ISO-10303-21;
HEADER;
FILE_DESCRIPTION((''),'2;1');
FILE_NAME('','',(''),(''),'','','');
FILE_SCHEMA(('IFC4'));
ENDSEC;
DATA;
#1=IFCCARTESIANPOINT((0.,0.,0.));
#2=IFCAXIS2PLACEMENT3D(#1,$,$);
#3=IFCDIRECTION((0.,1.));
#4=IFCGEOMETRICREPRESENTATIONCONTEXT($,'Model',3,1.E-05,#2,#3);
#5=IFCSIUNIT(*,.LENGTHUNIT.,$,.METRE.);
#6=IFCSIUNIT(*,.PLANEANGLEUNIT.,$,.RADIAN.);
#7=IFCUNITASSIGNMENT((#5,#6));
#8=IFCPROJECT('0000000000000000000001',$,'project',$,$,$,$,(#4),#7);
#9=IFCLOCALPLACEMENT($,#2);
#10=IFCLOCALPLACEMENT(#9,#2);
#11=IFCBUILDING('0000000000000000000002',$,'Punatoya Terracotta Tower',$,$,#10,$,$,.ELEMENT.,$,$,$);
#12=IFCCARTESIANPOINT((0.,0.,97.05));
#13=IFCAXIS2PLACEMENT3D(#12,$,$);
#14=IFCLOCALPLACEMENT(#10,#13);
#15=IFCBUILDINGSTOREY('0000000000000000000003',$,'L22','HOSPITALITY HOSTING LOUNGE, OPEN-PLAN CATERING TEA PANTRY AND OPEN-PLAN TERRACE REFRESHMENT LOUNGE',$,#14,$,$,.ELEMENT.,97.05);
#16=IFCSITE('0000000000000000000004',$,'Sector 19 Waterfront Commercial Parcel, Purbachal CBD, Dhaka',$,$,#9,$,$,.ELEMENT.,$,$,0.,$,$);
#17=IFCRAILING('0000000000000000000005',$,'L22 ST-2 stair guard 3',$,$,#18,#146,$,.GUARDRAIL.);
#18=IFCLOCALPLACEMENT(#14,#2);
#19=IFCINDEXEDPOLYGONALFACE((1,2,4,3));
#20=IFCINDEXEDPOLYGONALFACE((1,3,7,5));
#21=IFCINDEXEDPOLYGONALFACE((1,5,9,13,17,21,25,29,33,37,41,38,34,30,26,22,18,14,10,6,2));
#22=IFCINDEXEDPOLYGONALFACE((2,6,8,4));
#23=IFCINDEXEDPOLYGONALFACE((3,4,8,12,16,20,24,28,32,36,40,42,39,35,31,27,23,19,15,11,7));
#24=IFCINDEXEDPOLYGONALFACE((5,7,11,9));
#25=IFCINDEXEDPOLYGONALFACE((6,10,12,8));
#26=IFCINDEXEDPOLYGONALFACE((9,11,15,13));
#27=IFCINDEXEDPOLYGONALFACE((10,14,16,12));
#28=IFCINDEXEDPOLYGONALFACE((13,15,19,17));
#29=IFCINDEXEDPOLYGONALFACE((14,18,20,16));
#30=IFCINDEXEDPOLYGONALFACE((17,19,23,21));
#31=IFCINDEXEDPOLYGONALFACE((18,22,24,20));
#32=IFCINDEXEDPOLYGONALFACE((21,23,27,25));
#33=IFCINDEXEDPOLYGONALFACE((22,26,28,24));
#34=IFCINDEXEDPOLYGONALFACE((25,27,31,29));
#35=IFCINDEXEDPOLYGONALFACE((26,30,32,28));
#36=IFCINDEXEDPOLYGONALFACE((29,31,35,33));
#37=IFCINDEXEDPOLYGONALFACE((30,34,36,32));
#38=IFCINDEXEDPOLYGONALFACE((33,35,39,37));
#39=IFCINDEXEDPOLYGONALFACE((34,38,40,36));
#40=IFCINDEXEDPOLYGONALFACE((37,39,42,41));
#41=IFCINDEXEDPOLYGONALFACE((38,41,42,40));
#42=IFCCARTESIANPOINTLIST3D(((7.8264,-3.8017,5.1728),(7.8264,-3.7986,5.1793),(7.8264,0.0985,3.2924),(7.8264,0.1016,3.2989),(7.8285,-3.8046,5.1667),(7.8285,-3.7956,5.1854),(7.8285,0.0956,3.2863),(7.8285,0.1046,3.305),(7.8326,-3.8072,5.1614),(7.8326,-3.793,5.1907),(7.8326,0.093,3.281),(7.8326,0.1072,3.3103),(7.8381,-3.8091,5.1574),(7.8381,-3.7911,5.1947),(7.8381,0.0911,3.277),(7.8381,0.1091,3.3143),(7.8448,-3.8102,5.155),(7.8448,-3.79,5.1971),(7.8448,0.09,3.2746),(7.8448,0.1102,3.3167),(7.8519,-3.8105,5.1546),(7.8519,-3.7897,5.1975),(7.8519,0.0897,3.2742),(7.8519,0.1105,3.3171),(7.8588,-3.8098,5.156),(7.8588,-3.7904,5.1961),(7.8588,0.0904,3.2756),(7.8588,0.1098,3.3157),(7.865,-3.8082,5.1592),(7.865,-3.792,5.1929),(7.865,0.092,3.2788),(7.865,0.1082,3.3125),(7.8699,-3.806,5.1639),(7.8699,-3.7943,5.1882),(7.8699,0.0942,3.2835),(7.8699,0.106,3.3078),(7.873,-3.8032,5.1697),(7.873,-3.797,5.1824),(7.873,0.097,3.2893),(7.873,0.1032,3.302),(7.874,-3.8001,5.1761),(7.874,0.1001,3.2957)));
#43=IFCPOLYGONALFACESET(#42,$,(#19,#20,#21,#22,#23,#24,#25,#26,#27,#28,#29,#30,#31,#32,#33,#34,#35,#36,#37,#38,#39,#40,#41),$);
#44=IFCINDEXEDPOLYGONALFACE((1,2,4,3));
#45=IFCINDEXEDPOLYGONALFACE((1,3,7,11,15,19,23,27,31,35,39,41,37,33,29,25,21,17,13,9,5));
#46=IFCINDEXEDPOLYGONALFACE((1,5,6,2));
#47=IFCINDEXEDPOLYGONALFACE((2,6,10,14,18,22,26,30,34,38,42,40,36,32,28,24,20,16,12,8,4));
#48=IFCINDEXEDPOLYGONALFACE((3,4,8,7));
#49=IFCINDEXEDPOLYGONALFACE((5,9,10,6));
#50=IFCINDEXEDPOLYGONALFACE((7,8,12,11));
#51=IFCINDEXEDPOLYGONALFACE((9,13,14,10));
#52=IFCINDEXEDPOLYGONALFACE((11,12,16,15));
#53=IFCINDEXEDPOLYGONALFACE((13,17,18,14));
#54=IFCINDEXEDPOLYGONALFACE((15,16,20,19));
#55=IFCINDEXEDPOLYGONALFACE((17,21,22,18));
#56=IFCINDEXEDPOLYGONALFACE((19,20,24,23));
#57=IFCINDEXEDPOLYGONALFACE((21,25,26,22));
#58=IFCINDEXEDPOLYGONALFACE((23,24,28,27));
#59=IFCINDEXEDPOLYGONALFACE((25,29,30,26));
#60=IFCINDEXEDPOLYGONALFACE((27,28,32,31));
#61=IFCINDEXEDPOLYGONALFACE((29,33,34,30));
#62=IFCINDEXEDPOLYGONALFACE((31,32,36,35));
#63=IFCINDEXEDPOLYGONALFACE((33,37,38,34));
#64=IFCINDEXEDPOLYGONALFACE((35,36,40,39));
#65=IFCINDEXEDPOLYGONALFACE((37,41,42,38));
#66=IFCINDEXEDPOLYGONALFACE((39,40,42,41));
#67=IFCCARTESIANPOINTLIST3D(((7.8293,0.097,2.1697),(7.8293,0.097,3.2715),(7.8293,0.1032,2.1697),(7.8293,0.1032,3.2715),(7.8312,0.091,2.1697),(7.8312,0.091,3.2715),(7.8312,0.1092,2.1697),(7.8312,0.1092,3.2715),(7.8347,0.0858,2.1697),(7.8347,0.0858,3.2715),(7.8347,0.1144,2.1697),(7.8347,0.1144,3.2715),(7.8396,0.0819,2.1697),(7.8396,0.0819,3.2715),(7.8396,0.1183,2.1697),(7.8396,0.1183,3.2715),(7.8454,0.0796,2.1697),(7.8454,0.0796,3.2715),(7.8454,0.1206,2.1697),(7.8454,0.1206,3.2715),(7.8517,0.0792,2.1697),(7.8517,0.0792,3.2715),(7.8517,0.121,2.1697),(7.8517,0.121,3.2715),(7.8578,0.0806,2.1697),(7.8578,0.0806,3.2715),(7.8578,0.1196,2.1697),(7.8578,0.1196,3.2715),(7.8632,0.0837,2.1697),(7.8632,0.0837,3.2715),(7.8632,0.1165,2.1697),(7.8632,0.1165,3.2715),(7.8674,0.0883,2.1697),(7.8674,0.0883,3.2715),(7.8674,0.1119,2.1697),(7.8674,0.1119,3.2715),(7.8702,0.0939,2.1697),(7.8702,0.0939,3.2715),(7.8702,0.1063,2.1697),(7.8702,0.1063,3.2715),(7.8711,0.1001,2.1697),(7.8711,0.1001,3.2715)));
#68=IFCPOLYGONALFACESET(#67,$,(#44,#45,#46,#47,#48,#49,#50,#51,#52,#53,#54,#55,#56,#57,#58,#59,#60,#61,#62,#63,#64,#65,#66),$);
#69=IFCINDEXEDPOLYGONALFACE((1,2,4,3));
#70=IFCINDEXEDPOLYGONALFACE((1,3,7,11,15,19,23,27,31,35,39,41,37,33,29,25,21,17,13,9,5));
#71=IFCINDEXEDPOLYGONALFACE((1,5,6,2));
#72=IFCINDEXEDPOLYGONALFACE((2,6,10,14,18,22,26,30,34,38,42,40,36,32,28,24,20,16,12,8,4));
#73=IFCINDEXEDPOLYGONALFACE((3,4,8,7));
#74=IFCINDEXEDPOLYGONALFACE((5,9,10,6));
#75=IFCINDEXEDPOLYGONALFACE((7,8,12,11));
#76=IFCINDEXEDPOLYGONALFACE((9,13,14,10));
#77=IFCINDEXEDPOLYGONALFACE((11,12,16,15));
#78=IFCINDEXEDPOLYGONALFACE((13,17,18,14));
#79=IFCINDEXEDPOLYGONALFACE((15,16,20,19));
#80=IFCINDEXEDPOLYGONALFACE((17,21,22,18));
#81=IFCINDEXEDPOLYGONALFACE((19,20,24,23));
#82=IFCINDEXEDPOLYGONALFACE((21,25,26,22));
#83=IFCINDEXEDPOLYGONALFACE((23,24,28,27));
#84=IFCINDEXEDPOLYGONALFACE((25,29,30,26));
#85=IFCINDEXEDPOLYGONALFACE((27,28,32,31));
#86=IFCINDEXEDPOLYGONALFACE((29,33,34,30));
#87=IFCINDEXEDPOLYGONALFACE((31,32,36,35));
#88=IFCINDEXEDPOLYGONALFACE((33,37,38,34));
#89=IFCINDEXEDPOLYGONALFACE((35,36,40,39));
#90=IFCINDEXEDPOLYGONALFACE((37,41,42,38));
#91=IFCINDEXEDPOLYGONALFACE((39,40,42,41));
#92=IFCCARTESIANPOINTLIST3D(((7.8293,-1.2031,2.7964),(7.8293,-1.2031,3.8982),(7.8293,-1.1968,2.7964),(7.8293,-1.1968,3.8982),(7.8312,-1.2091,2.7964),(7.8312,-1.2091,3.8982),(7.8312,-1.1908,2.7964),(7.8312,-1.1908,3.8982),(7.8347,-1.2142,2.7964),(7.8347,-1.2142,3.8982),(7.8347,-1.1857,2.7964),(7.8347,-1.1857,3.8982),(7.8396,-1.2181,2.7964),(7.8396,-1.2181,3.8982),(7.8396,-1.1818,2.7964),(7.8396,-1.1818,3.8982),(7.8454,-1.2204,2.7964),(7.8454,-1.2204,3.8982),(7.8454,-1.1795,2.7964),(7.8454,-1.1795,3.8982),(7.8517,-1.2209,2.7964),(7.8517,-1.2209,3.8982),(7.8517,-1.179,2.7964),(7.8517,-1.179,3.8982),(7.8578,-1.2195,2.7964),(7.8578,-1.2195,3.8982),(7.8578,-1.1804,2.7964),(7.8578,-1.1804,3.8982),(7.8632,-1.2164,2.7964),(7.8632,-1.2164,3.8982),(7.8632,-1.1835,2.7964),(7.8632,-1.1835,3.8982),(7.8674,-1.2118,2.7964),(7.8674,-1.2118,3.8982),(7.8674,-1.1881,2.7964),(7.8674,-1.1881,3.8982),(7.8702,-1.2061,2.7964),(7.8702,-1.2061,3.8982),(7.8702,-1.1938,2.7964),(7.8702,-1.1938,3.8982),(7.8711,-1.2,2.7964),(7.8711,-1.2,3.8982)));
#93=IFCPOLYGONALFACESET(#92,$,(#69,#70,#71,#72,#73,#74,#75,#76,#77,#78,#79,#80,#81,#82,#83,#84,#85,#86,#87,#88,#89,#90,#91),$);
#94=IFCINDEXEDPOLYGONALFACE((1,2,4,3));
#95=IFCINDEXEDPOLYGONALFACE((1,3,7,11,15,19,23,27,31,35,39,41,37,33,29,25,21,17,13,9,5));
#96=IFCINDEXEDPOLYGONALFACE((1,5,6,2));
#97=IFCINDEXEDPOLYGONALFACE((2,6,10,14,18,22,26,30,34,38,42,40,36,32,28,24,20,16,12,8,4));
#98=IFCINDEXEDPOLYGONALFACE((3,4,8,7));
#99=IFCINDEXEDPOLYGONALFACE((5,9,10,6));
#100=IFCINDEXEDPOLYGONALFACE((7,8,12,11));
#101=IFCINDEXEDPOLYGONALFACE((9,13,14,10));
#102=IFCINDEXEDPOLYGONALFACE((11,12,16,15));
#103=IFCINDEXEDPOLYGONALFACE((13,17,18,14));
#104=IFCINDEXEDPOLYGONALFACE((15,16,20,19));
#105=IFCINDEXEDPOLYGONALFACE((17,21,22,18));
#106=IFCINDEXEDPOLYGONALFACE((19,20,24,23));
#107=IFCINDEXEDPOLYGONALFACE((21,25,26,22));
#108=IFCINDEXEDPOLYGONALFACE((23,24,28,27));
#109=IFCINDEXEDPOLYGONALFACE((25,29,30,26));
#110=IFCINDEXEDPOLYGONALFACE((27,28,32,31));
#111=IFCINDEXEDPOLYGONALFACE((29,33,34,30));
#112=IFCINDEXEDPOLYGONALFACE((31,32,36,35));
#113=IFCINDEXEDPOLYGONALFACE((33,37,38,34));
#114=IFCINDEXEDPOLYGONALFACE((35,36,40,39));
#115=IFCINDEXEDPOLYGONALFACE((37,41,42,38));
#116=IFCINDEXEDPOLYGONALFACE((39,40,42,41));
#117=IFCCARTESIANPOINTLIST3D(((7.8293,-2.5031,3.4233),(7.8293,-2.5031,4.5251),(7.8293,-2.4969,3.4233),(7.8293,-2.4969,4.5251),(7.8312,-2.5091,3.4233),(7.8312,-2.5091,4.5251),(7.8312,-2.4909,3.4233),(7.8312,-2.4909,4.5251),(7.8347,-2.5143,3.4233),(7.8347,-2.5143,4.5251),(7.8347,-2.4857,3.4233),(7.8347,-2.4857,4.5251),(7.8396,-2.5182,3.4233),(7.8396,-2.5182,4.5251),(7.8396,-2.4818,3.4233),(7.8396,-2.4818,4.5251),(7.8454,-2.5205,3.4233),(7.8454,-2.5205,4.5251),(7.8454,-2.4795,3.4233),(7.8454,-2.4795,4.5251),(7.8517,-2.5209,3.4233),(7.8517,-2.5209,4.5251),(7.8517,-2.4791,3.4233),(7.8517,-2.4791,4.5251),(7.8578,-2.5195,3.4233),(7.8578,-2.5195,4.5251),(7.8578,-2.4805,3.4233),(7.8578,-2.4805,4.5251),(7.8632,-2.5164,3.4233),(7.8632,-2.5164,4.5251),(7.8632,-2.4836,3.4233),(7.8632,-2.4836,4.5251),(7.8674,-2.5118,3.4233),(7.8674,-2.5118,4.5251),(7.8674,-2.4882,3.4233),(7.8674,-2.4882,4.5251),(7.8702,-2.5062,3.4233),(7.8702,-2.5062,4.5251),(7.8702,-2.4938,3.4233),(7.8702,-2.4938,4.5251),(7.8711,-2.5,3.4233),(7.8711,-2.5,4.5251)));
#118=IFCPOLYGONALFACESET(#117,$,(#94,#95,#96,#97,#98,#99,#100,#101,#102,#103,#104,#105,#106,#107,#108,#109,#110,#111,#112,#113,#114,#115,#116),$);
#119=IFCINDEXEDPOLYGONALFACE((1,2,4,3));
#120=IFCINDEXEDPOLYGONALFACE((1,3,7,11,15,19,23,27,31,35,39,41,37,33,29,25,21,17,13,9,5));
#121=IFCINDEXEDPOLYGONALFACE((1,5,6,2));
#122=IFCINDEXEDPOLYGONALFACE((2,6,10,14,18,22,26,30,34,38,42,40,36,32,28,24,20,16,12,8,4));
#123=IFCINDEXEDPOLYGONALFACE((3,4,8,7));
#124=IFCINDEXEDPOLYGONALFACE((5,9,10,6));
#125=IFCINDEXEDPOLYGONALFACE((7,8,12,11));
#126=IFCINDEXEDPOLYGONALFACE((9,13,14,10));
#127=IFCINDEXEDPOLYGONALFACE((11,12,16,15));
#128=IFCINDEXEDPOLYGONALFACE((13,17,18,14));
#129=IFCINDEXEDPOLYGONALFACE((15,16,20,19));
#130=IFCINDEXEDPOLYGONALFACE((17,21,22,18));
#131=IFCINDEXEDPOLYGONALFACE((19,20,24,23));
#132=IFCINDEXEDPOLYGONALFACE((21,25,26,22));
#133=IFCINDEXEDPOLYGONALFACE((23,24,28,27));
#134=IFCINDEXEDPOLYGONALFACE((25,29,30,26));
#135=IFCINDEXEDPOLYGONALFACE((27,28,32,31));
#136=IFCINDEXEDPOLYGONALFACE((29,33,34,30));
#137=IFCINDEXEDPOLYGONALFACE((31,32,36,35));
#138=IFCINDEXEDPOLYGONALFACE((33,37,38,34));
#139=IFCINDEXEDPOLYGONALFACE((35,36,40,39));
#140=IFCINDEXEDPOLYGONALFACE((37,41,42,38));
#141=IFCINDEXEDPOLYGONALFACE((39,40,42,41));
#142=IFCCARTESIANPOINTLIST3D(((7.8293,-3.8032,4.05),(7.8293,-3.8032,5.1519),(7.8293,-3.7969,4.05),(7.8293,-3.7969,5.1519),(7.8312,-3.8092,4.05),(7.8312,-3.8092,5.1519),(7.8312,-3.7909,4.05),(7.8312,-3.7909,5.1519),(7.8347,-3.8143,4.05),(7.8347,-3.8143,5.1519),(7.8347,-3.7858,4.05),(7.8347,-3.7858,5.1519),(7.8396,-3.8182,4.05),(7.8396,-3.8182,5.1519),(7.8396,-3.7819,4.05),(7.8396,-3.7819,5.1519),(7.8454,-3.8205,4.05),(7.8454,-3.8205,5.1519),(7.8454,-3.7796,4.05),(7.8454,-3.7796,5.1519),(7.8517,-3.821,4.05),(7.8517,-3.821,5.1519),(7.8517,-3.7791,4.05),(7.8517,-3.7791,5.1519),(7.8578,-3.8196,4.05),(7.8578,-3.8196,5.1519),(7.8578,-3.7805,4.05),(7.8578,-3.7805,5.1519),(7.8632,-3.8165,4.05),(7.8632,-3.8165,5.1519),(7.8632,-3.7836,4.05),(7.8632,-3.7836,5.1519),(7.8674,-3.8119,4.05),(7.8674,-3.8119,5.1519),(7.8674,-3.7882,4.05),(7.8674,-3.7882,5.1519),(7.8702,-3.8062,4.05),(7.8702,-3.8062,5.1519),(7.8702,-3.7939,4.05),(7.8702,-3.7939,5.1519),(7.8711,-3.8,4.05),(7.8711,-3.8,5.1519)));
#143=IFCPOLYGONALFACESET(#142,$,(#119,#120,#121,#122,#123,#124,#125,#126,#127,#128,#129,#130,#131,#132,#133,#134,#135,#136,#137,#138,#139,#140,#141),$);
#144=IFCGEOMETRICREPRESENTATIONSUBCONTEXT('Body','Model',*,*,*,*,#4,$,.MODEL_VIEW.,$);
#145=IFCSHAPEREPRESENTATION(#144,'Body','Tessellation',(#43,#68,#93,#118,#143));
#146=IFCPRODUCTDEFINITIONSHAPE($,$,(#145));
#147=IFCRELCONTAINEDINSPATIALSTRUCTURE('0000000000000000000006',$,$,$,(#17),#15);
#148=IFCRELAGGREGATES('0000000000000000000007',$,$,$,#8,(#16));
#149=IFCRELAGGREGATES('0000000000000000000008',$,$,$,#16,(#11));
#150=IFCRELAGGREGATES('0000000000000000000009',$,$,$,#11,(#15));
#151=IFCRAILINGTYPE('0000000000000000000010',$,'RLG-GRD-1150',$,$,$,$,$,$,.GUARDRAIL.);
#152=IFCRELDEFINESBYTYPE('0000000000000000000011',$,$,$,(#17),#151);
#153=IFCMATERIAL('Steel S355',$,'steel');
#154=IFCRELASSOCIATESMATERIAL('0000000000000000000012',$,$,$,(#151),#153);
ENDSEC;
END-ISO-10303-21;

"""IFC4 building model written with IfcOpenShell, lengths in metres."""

from ifc_helpers import new_model, si_unit, direction, frame, origin, origin_2d, place, context, subcontext, project, spatial, circle, extrude, material, type_object, element, save


model = new_model("IFC4")

# Units and contexts
model_context = context("Model", 3, precision=1e-05, world=origin(), true_north=direction((0.0, 1.0)))
body_context = subcontext(model_context, "Body", "Model", "MODEL_VIEW")
ifc_project = project(units=[si_unit("LENGTHUNIT", "METRE"), si_unit("PLANEANGLEUNIT", "RADIAN")], contexts=[model_context])

# Site, building, storey
site_placement = place(None, origin())
site = spatial("IfcSite", under=ifc_project, at=site_placement, Name="Sector 19 Waterfront Commercial Parcel, Purbachal CBD, Dhaka", CompositionType="ELEMENT", RefElevation=0.0)
building_placement = place(site_placement, origin())
building = spatial("IfcBuilding", under=site, at=building_placement, Name="Punatoya Terracotta Tower", CompositionType="ELEMENT")
storey_placement = place(building_placement, frame((0.0, 0.0, 97.05)))
storey = spatial("IfcBuildingStorey", under=building, at=storey_placement, Name="L22", Description="HOSPITALITY HOSTING LOUNGE, OPEN-PLAN CATERING TEA PANTRY AND OPEN-PLAN TERRACE REFRESHMENT LOUNGE", CompositionType="ELEMENT", Elevation=97.05)

# Shared definitions
ifc_material_1 = material(Name="Steel S355", Category="steel")

# Railing
railing_type_1 = type_object("IfcRailingType", Name="RLG-GRD-1150", PredefinedType="GUARDRAIL", material=ifc_material_1)
railing_1_placement = place(storey_placement, frame((7.8501, 0.1001, 2.1697)))
element("IfcRailing", 1, at=railing_1_placement, inside=storey, type_object=railing_type_1, Name="L22 ST-2 stair guard 3", PredefinedType="GUARDRAIL", context=body_context, shape_type="SweptSolid", body=[
    extrude(circle(Radius=0.0239, at=origin_2d()), frame((0.0, 0.0, 1.126), z_axis=(0.0, -0.900774, 0.434289), x_axis=(1.0, 0.0, 0.0)), (0.0, 0.0, 1.0), 4.3298),
    extrude(circle(Radius=0.021, at=origin_2d()), origin(), (0.0, 0.0, 1.0), 1.1018),
    extrude(circle(Radius=0.021, at=origin_2d()), frame((0.0, -1.3, 0.6267)), (0.0, 0.0, 1.0), 1.1018),
    extrude(circle(Radius=0.021, at=origin_2d()), frame((0.0, -2.6001, 1.2537)), (0.0, 0.0, 1.0), 1.1018),
    extrude(circle(Radius=0.021, at=origin_2d()), frame((0.0, -3.9001, 1.8804)), (0.0, 0.0, 1.0), 1.1018),
])

save(model, "model.ifc")
